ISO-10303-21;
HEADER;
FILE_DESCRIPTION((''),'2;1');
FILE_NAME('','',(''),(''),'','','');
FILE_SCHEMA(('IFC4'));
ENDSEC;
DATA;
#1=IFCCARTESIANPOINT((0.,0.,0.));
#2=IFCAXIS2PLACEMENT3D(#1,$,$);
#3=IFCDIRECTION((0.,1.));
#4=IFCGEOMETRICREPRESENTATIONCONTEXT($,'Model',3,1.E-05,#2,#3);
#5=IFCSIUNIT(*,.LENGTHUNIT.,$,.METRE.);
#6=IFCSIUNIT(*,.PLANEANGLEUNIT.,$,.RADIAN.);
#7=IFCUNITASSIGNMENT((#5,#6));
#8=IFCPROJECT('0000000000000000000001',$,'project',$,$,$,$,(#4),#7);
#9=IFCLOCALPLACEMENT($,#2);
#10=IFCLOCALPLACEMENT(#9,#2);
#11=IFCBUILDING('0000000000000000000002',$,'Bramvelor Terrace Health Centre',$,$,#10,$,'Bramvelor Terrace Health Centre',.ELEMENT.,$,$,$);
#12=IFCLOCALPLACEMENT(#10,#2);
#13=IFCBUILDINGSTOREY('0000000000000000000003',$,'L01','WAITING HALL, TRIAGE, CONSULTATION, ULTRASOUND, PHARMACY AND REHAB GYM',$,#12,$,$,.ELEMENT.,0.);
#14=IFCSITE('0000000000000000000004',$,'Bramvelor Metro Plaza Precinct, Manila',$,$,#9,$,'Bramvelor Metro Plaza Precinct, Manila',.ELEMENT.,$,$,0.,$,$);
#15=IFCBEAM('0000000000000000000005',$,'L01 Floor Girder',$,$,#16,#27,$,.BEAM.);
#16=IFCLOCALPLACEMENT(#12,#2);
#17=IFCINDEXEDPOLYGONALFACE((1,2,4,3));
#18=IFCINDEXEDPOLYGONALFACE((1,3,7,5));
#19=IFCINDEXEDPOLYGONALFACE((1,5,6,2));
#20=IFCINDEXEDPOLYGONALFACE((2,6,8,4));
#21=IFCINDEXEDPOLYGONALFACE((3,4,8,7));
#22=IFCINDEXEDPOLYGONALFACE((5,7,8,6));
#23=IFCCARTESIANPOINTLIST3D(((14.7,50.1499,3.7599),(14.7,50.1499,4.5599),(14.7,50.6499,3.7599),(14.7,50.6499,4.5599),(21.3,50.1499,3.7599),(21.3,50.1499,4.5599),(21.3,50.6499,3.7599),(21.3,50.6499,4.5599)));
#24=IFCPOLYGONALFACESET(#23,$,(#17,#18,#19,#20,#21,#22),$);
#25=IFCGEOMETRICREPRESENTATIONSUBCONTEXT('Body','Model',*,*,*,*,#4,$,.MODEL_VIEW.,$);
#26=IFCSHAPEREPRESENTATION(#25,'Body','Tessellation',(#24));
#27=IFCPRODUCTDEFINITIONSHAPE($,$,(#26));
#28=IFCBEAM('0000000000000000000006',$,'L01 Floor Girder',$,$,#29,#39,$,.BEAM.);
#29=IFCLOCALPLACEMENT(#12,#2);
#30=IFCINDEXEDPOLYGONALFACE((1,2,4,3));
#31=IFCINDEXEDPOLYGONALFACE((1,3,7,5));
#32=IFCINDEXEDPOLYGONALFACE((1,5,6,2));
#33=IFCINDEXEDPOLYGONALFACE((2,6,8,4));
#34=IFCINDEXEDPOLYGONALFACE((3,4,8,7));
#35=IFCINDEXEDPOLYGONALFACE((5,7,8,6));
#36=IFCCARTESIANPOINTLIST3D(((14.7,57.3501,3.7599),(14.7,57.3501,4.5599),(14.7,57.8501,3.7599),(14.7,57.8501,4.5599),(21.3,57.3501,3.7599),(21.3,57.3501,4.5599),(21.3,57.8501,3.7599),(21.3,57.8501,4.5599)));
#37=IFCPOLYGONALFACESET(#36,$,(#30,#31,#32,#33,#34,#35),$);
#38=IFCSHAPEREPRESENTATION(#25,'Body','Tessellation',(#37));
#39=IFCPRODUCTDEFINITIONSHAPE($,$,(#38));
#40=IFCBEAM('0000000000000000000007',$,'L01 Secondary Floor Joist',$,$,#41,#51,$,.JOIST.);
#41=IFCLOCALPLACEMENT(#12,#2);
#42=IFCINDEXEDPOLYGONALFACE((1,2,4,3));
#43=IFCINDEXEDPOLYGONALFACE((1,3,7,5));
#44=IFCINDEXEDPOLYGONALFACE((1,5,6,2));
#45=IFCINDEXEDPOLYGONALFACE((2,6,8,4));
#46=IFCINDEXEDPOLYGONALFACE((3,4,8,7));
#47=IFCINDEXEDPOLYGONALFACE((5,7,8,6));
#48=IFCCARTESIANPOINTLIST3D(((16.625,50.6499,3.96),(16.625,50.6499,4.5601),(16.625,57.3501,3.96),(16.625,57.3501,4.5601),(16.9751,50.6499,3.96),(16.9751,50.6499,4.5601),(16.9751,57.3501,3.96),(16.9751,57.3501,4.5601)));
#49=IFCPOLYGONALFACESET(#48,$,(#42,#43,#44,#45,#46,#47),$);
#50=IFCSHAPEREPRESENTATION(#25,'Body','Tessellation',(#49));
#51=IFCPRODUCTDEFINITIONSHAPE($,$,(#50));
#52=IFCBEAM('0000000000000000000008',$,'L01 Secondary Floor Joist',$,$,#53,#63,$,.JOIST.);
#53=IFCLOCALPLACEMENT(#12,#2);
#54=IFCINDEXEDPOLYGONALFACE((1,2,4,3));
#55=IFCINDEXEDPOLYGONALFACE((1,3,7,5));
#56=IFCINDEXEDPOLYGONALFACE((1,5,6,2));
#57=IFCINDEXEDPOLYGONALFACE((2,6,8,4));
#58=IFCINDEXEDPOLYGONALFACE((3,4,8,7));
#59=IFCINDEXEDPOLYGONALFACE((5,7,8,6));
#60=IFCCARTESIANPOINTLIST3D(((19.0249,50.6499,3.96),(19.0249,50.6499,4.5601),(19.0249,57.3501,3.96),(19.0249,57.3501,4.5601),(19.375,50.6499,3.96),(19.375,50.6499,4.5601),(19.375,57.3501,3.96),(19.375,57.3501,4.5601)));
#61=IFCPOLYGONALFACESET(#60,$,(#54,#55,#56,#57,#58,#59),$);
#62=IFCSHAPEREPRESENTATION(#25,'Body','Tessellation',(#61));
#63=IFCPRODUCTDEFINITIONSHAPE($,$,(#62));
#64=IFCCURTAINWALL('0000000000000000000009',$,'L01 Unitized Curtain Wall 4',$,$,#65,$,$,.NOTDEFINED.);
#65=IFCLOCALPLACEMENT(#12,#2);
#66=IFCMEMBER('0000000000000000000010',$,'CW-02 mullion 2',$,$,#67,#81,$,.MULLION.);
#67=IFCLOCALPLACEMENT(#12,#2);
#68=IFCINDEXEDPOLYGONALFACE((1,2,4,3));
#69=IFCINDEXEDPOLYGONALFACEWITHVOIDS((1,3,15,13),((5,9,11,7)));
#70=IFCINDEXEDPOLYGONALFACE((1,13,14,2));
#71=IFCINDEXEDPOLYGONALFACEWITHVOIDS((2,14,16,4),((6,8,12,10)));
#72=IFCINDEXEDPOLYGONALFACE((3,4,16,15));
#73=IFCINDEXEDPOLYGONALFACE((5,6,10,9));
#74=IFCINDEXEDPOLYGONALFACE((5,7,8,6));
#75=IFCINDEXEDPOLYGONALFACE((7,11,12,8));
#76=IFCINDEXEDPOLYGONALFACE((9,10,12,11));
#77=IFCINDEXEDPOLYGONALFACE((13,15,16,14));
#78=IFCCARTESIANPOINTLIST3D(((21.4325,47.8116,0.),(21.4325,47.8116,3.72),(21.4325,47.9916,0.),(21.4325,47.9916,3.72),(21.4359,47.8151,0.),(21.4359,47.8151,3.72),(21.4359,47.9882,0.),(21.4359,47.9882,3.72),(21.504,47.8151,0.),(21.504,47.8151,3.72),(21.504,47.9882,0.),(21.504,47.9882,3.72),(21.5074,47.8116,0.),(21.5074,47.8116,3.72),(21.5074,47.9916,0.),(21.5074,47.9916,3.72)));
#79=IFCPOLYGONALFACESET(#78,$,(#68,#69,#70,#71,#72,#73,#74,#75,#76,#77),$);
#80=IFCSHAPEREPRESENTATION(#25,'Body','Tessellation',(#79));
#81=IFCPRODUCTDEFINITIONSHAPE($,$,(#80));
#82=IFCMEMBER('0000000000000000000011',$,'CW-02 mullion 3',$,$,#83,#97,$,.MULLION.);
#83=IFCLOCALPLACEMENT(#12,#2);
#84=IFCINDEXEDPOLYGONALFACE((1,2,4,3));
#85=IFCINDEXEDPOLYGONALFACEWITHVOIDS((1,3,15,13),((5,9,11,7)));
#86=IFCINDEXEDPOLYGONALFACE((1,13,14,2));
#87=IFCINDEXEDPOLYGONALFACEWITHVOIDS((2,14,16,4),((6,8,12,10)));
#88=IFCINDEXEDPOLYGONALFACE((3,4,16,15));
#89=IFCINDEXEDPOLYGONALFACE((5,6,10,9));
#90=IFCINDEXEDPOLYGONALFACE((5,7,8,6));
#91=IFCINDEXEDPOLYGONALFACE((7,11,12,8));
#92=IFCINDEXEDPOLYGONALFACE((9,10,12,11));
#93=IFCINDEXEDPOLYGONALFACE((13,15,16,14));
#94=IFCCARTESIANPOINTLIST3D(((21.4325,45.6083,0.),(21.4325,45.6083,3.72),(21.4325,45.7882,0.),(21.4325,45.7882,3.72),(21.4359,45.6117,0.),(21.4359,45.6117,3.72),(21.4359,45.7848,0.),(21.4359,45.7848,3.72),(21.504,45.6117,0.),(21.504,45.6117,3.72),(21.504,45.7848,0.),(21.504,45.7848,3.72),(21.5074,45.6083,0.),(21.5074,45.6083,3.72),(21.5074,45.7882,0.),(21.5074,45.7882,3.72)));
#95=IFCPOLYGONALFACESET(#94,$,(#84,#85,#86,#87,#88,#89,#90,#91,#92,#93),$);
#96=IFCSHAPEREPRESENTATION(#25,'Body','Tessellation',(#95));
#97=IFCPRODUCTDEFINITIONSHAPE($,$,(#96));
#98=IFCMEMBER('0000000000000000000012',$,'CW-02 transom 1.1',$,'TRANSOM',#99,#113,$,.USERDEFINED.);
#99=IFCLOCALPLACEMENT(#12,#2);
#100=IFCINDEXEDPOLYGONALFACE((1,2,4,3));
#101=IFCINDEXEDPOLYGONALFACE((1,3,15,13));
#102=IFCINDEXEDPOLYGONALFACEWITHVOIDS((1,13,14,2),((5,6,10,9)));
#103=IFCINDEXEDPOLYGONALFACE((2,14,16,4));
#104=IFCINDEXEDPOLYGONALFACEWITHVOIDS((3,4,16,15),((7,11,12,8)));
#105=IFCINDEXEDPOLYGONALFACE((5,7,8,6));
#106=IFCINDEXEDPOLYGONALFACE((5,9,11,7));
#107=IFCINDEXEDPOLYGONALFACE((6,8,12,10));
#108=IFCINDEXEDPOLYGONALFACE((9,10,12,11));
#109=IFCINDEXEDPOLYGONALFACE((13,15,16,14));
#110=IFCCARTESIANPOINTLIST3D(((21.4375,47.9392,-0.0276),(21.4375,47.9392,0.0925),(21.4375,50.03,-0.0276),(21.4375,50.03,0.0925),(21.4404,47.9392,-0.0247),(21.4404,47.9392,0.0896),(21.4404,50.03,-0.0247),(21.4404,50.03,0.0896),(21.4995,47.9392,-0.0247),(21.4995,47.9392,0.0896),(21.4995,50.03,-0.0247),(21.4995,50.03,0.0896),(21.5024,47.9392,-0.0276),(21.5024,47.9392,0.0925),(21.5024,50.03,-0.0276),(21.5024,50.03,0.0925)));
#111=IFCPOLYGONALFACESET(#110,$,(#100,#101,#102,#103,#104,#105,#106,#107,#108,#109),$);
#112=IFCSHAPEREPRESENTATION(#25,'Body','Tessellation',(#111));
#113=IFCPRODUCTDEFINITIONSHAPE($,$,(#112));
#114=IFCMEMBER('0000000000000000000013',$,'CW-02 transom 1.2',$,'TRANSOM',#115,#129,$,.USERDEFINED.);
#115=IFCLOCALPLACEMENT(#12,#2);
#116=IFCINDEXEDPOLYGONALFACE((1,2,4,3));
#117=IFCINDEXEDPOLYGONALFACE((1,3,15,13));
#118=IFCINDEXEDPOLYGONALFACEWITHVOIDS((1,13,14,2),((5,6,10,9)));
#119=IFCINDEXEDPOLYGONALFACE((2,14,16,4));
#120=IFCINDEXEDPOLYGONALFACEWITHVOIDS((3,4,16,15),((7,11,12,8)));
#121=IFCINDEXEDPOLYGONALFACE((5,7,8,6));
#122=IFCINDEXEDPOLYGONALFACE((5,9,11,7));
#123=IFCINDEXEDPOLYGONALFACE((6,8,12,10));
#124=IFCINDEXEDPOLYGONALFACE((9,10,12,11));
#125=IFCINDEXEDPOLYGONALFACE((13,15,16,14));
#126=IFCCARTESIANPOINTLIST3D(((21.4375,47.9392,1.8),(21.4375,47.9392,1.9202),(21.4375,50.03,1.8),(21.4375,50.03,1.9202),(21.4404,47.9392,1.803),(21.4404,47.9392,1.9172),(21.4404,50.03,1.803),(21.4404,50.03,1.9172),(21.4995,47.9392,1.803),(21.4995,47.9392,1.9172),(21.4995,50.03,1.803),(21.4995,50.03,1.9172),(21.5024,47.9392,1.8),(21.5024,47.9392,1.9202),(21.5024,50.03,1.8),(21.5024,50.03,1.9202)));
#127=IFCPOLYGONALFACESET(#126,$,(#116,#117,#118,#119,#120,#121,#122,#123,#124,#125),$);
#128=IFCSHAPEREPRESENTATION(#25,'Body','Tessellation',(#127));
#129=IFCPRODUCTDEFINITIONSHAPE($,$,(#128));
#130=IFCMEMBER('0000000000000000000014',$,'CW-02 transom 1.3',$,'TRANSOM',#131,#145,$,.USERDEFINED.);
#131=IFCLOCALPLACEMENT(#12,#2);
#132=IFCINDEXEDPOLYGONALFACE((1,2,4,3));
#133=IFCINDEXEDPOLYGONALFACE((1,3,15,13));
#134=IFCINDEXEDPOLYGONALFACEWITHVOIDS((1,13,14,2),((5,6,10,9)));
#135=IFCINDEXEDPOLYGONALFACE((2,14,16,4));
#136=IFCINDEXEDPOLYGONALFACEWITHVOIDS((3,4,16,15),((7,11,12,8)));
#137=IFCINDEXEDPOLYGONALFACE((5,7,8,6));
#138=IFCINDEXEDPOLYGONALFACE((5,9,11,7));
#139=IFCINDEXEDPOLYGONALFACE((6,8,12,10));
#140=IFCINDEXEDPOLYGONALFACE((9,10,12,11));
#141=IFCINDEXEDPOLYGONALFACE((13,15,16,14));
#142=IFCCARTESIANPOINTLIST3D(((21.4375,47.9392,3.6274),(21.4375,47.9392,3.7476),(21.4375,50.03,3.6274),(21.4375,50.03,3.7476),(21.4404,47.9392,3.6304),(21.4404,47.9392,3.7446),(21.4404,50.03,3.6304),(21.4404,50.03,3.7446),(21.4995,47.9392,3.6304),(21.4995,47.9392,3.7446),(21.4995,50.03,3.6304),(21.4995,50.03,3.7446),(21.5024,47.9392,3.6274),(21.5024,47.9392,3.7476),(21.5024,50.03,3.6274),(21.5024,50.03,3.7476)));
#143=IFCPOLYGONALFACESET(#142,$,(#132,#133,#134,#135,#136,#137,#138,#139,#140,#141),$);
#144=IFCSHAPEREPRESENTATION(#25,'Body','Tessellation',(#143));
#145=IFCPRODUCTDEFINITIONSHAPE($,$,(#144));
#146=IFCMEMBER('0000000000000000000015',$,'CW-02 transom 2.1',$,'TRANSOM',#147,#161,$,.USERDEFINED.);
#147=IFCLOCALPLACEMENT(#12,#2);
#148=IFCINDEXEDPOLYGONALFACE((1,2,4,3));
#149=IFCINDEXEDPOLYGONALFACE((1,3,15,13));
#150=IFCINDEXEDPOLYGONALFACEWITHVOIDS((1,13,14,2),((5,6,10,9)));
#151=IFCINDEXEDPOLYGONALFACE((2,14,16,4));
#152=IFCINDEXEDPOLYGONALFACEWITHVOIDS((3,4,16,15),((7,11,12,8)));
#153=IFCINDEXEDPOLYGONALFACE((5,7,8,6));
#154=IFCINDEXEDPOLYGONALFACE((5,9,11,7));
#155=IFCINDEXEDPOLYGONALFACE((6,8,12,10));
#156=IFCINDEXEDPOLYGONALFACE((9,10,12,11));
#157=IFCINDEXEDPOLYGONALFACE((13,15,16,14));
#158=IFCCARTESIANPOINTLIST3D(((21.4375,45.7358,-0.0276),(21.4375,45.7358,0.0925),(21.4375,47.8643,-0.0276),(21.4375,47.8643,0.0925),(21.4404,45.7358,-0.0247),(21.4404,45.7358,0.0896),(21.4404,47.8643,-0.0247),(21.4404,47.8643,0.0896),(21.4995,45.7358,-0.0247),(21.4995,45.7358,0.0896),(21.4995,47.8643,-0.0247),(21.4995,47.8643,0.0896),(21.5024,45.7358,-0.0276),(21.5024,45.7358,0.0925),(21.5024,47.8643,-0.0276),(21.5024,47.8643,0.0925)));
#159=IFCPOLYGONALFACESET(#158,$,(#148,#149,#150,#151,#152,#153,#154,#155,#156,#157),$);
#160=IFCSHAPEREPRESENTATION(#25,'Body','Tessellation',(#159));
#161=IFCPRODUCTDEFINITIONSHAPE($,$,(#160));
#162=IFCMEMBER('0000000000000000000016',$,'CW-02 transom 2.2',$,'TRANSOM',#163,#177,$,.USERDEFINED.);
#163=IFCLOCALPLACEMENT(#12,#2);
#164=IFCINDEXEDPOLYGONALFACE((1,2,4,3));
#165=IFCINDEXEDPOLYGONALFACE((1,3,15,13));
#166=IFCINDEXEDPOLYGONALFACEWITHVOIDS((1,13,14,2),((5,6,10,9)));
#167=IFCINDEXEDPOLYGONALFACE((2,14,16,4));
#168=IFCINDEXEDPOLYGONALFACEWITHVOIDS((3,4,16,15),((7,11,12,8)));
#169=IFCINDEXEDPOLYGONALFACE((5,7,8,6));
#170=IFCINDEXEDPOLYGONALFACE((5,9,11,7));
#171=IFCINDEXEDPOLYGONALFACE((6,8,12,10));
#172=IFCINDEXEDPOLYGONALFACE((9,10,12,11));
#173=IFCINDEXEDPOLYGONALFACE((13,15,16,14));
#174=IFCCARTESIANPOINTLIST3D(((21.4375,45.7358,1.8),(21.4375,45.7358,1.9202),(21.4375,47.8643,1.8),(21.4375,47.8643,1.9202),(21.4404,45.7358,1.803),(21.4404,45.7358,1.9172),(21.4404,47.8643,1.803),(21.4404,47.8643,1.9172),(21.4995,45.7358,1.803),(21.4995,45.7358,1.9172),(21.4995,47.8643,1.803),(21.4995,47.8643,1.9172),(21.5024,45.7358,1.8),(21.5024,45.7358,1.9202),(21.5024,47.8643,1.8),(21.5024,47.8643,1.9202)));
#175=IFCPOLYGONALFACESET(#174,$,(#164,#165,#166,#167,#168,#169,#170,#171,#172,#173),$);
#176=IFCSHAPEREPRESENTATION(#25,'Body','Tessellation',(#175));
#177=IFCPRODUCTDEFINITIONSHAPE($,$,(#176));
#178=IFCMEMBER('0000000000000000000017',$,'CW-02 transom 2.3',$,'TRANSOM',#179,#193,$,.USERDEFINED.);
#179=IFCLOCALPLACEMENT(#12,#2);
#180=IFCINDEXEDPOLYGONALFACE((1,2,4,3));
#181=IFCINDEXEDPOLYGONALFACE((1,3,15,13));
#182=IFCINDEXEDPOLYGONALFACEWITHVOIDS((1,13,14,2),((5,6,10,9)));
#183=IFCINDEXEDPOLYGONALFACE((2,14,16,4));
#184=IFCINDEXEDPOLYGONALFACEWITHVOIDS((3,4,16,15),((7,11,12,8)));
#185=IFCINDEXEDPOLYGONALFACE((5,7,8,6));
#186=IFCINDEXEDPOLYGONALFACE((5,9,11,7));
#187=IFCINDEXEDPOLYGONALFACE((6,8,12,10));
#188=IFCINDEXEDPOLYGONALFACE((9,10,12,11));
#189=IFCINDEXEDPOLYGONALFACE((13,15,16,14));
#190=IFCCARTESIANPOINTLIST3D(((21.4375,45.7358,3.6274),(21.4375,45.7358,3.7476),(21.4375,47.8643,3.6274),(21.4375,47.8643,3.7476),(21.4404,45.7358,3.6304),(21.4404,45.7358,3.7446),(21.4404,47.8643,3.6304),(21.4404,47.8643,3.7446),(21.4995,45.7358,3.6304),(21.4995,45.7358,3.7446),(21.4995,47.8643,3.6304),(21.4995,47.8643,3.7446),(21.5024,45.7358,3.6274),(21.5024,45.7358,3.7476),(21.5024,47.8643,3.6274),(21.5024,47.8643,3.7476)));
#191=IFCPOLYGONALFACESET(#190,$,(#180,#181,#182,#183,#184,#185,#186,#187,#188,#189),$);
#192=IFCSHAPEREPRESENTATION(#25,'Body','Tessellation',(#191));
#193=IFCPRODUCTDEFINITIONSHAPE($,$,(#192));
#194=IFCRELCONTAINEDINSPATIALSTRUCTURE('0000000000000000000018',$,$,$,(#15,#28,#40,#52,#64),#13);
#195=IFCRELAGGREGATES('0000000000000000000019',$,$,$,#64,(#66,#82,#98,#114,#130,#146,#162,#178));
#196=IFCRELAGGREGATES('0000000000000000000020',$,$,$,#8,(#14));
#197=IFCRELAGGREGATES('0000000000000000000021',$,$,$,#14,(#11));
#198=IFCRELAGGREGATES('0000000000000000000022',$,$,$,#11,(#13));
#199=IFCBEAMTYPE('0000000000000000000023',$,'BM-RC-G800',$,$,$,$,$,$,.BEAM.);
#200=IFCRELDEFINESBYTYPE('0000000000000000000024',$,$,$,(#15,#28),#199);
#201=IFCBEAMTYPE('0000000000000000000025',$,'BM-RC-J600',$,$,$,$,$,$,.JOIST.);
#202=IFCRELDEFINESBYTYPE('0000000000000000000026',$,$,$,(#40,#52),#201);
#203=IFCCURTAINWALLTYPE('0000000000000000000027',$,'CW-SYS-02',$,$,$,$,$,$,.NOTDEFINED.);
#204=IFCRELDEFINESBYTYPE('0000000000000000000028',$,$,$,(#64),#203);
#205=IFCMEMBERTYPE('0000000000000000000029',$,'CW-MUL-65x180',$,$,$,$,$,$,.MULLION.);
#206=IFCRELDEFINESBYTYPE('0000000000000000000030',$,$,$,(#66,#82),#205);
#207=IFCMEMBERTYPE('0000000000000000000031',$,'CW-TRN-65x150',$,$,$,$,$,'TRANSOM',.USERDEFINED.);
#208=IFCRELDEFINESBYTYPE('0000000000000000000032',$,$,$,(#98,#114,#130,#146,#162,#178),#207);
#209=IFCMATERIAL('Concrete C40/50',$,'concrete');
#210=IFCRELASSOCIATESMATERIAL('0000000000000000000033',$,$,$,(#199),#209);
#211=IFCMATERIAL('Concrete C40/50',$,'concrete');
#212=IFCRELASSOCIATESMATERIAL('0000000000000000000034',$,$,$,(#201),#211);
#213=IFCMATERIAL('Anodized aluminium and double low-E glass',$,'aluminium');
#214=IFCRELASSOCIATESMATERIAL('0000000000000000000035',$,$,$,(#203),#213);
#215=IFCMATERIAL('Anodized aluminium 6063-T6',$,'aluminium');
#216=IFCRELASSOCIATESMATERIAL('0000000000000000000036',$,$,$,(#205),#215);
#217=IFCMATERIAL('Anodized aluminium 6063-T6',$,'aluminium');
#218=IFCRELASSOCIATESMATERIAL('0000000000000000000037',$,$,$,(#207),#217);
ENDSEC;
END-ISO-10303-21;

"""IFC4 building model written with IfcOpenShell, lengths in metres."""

from ifc_helpers import new_model, si_unit, direction, frame, origin, origin_2d, place, context, subcontext, project, spatial, rectangle, hollow_rectangle, extrude, material, material_profile, profile_set, type_object, element, aggregate, save


model = new_model("IFC4")

# Units and contexts
model_context = context("Model", 3, precision=1e-05, world=origin(), true_north=direction((0.0, 1.0)))
body_context = subcontext(model_context, "Body", "Model", "MODEL_VIEW")
ifc_project = project(units=[si_unit("LENGTHUNIT", "METRE"), si_unit("PLANEANGLEUNIT", "RADIAN")], contexts=[model_context])

# Site, building, storey
site_placement = place(None, origin())
site = spatial("IfcSite", under=ifc_project, at=site_placement, Name="Bramvelor Metro Plaza Precinct, Manila", LongName="Bramvelor Metro Plaza Precinct, Manila", CompositionType="ELEMENT", RefElevation=0.0)
building_placement = place(site_placement, origin())
building = spatial("IfcBuilding", under=site, at=building_placement, Name="Bramvelor Terrace Health Centre", LongName="Bramvelor Terrace Health Centre", CompositionType="ELEMENT")
storey_placement = place(building_placement, origin())
storey = spatial("IfcBuildingStorey", under=building, at=storey_placement, Name="L01", Description="WAITING HALL, TRIAGE, CONSULTATION, ULTRASOUND, PHARMACY AND REHAB GYM", CompositionType="ELEMENT", Elevation=0.0)

# Beams
ifc_material_1 = material(Name="Concrete C40/50", Category="concrete")
ifc_material_profile_1 = material_profile(ifc_material_1, rectangle(XDim=0.5, YDim=0.8, at=origin_2d()), Name="RC 500x800")
ifc_profile_set_1 = profile_set([ifc_material_profile_1], Name="Concrete C40/50")
beam_type_1 = type_object("IfcBeamType", Name="BM-RC-G800", PredefinedType="BEAM", material=ifc_profile_set_1)
for number, where, z_axis, x_axis, name in (
    (1, (14.7, 50.3999, 4.1599), (1.0, 0.0, 0.0), (0.0, 1.0, 0.0), "L01 Floor Girder"),
    (2, (14.7, 57.6001, 4.1599), (1.0, 0.0, 0.0), (0.0, 1.0, 0.0), "L01 Floor Girder"),
):
    element("IfcBeam", number, at=place(storey_placement, frame(where, z_axis=z_axis, x_axis=x_axis)), inside=storey, type_object=beam_type_1, Name=name, PredefinedType="BEAM", context=body_context, shape_type="SweptSolid", body=[
        extrude(rectangle(XDim=0.5, YDim=0.8, at=origin_2d()), origin(), (0.0, 0.0, 1.0), 6.6001),
    ])
ifc_material_2 = material(Name="Concrete C40/50", Category="concrete")
ifc_material_profile_2 = material_profile(ifc_material_2, rectangle(XDim=0.3501, YDim=0.6001, at=origin_2d()), Name="RC 350x600")
ifc_profile_set_2 = profile_set([ifc_material_profile_2], Name="Concrete C40/50")
beam_type_2 = type_object("IfcBeamType", Name="BM-RC-J600", PredefinedType="JOIST", material=ifc_profile_set_2)
for number, where, z_axis, x_axis, name in (
    (3, (16.8, 50.6499, 4.26), (0.0, 1.0, 0.0), (-1.0, 0.0, 0.0), "L01 Secondary Floor Joist"),
    (4, (19.2, 50.6499, 4.26), (0.0, 1.0, 0.0), (-1.0, 0.0, 0.0), "L01 Secondary Floor Joist"),
):
    element("IfcBeam", number, at=place(storey_placement, frame(where, z_axis=z_axis, x_axis=x_axis)), inside=storey, type_object=beam_type_2, Name=name, PredefinedType="JOIST", context=body_context, shape_type="SweptSolid", body=[
        extrude(rectangle(XDim=0.3501, YDim=0.6001, at=origin_2d()), origin(), (0.0, 0.0, 1.0), 6.7002),
    ])

# Curtain wall, members
ifc_material_3 = material(Name="Anodized aluminium and double low-E glass", Category="aluminium")
curtain_wall_type = type_object("IfcCurtainWallType", Name="CW-SYS-02", PredefinedType="NOTDEFINED", material=ifc_material_3)
curtain_wall_placement = place(storey_placement, origin())
curtain_wall = element("IfcCurtainWall", 5, at=curtain_wall_placement, inside=storey, type_object=curtain_wall_type, Name="L01 Unitized Curtain Wall 4", PredefinedType="NOTDEFINED")
ifc_material_4 = material(Name="Anodized aluminium 6063-T6", Category="aluminium")
ifc_material_profile_3 = material_profile(ifc_material_4, hollow_rectangle(XDim=0.075, YDim=0.1799, WallThickness=0.0034, at=origin_2d()), Name="ALU-MUL 75x180x3.5")
ifc_profile_set_3 = profile_set([ifc_material_profile_3], Name="Anodized aluminium 6063-T6")
member_type_1 = type_object("IfcMemberType", Name="CW-MUL-65x180", PredefinedType="MULLION", material=ifc_profile_set_3)
member_1_placement = place(storey_placement, frame((21.47, 47.9016, 0.0), z_axis=(0.0, 0.0, 1.0), x_axis=(1.0, 0.0, 0.0)))
member_1 = element("IfcMember", 6, at=member_1_placement, type_object=member_type_1, Name="CW-02 mullion 2", PredefinedType="MULLION", context=body_context, shape_type="SweptSolid", body=[
    extrude(hollow_rectangle(XDim=0.075, YDim=0.1799, WallThickness=0.0034, at=origin_2d()), origin(), (0.0, 0.0, 1.0), 3.72),
])
member_2_placement = place(storey_placement, frame((21.47, 45.6982, 0.0), z_axis=(0.0, 0.0, 1.0), x_axis=(1.0, 0.0, 0.0)))
member_2 = element("IfcMember", 7, at=member_2_placement, type_object=member_type_1, Name="CW-02 mullion 3", PredefinedType="MULLION", context=body_context, shape_type="SweptSolid", body=[
    extrude(hollow_rectangle(XDim=0.075, YDim=0.1799, WallThickness=0.0034, at=origin_2d()), origin(), (0.0, 0.0, 1.0), 3.72),
])
ifc_material_5 = material(Name="Anodized aluminium 6063-T6", Category="aluminium")
ifc_material_profile_4 = material_profile(ifc_material_5, hollow_rectangle(XDim=0.0649, YDim=0.1201, WallThickness=0.0029, at=origin_2d()), Name="ALU-TRN 65x120x3.0")
ifc_profile_set_4 = profile_set([ifc_material_profile_4], Name="Anodized aluminium 6063-T6")
member_type_2 = type_object("IfcMemberType", Name="CW-TRN-65x150", ElementType="TRANSOM", PredefinedType="USERDEFINED", material=ifc_profile_set_4)
member_3_placement = place(storey_placement, frame((21.47, 50.03, 0.0325), z_axis=(0.0, -1.0, 0.0), x_axis=(1.0, 0.0, 0.0)))
member_3 = element("IfcMember", 8, at=member_3_placement, type_object=member_type_2, Name="CW-02 transom 1.1", ObjectType="TRANSOM", PredefinedType="USERDEFINED", context=body_context, shape_type="SweptSolid", body=[
    extrude(hollow_rectangle(XDim=0.0649, YDim=0.1201, WallThickness=0.0029, at=origin_2d()), origin(), (0.0, 0.0, 1.0), 2.0908),
])
member_4_placement = place(storey_placement, frame((21.47, 50.03, 1.8601), z_axis=(0.0, -1.0, 0.0), x_axis=(1.0, 0.0, 0.0)))
member_4 = element("IfcMember", 9, at=member_4_placement, type_object=member_type_2, Name="CW-02 transom 1.2", ObjectType="TRANSOM", PredefinedType="USERDEFINED", context=body_context, shape_type="SweptSolid", body=[
    extrude(hollow_rectangle(XDim=0.0649, YDim=0.1201, WallThickness=0.0029, at=origin_2d()), origin(), (0.0, 0.0, 1.0), 2.0908),
])
member_5_placement = place(storey_placement, frame((21.47, 50.03, 3.6875), z_axis=(0.0, -1.0, 0.0), x_axis=(1.0, 0.0, 0.0)))
member_5 = element("IfcMember", 10, at=member_5_placement, type_object=member_type_2, Name="CW-02 transom 1.3", ObjectType="TRANSOM", PredefinedType="USERDEFINED", context=body_context, shape_type="SweptSolid", body=[
    extrude(hollow_rectangle(XDim=0.0649, YDim=0.1201, WallThickness=0.0029, at=origin_2d()), origin(), (0.0, 0.0, 1.0), 2.0908),
])
member_6_placement = place(storey_placement, frame((21.47, 47.8643, 0.0325), z_axis=(0.0, -1.0, 0.0), x_axis=(1.0, 0.0, 0.0)))
member_6 = element("IfcMember", 11, at=member_6_placement, type_object=member_type_2, Name="CW-02 transom 2.1", ObjectType="TRANSOM", PredefinedType="USERDEFINED", context=body_context, shape_type="SweptSolid", body=[
    extrude(hollow_rectangle(XDim=0.0649, YDim=0.1201, WallThickness=0.0029, at=origin_2d()), origin(), (0.0, 0.0, 1.0), 2.1284),
])
member_7_placement = place(storey_placement, frame((21.47, 47.8643, 1.8601), z_axis=(0.0, -1.0, 0.0), x_axis=(1.0, 0.0, 0.0)))
member_7 = element("IfcMember", 12, at=member_7_placement, type_object=member_type_2, Name="CW-02 transom 2.2", ObjectType="TRANSOM", PredefinedType="USERDEFINED", context=body_context, shape_type="SweptSolid", body=[
    extrude(hollow_rectangle(XDim=0.0649, YDim=0.1201, WallThickness=0.0029, at=origin_2d()), origin(), (0.0, 0.0, 1.0), 2.1284),
])
member_8_placement = place(storey_placement, frame((21.47, 47.8643, 3.6875), z_axis=(0.0, -1.0, 0.0), x_axis=(1.0, 0.0, 0.0)))
member_8 = element("IfcMember", 13, at=member_8_placement, type_object=member_type_2, Name="CW-02 transom 2.3", ObjectType="TRANSOM", PredefinedType="USERDEFINED", context=body_context, shape_type="SweptSolid", body=[
    extrude(hollow_rectangle(XDim=0.0649, YDim=0.1201, WallThickness=0.0029, at=origin_2d()), origin(), (0.0, 0.0, 1.0), 2.1284),
])
aggregate(curtain_wall, [member_1, member_2, member_3, member_4, member_5, member_6, member_7, member_8])

save(model, "model.ifc")
